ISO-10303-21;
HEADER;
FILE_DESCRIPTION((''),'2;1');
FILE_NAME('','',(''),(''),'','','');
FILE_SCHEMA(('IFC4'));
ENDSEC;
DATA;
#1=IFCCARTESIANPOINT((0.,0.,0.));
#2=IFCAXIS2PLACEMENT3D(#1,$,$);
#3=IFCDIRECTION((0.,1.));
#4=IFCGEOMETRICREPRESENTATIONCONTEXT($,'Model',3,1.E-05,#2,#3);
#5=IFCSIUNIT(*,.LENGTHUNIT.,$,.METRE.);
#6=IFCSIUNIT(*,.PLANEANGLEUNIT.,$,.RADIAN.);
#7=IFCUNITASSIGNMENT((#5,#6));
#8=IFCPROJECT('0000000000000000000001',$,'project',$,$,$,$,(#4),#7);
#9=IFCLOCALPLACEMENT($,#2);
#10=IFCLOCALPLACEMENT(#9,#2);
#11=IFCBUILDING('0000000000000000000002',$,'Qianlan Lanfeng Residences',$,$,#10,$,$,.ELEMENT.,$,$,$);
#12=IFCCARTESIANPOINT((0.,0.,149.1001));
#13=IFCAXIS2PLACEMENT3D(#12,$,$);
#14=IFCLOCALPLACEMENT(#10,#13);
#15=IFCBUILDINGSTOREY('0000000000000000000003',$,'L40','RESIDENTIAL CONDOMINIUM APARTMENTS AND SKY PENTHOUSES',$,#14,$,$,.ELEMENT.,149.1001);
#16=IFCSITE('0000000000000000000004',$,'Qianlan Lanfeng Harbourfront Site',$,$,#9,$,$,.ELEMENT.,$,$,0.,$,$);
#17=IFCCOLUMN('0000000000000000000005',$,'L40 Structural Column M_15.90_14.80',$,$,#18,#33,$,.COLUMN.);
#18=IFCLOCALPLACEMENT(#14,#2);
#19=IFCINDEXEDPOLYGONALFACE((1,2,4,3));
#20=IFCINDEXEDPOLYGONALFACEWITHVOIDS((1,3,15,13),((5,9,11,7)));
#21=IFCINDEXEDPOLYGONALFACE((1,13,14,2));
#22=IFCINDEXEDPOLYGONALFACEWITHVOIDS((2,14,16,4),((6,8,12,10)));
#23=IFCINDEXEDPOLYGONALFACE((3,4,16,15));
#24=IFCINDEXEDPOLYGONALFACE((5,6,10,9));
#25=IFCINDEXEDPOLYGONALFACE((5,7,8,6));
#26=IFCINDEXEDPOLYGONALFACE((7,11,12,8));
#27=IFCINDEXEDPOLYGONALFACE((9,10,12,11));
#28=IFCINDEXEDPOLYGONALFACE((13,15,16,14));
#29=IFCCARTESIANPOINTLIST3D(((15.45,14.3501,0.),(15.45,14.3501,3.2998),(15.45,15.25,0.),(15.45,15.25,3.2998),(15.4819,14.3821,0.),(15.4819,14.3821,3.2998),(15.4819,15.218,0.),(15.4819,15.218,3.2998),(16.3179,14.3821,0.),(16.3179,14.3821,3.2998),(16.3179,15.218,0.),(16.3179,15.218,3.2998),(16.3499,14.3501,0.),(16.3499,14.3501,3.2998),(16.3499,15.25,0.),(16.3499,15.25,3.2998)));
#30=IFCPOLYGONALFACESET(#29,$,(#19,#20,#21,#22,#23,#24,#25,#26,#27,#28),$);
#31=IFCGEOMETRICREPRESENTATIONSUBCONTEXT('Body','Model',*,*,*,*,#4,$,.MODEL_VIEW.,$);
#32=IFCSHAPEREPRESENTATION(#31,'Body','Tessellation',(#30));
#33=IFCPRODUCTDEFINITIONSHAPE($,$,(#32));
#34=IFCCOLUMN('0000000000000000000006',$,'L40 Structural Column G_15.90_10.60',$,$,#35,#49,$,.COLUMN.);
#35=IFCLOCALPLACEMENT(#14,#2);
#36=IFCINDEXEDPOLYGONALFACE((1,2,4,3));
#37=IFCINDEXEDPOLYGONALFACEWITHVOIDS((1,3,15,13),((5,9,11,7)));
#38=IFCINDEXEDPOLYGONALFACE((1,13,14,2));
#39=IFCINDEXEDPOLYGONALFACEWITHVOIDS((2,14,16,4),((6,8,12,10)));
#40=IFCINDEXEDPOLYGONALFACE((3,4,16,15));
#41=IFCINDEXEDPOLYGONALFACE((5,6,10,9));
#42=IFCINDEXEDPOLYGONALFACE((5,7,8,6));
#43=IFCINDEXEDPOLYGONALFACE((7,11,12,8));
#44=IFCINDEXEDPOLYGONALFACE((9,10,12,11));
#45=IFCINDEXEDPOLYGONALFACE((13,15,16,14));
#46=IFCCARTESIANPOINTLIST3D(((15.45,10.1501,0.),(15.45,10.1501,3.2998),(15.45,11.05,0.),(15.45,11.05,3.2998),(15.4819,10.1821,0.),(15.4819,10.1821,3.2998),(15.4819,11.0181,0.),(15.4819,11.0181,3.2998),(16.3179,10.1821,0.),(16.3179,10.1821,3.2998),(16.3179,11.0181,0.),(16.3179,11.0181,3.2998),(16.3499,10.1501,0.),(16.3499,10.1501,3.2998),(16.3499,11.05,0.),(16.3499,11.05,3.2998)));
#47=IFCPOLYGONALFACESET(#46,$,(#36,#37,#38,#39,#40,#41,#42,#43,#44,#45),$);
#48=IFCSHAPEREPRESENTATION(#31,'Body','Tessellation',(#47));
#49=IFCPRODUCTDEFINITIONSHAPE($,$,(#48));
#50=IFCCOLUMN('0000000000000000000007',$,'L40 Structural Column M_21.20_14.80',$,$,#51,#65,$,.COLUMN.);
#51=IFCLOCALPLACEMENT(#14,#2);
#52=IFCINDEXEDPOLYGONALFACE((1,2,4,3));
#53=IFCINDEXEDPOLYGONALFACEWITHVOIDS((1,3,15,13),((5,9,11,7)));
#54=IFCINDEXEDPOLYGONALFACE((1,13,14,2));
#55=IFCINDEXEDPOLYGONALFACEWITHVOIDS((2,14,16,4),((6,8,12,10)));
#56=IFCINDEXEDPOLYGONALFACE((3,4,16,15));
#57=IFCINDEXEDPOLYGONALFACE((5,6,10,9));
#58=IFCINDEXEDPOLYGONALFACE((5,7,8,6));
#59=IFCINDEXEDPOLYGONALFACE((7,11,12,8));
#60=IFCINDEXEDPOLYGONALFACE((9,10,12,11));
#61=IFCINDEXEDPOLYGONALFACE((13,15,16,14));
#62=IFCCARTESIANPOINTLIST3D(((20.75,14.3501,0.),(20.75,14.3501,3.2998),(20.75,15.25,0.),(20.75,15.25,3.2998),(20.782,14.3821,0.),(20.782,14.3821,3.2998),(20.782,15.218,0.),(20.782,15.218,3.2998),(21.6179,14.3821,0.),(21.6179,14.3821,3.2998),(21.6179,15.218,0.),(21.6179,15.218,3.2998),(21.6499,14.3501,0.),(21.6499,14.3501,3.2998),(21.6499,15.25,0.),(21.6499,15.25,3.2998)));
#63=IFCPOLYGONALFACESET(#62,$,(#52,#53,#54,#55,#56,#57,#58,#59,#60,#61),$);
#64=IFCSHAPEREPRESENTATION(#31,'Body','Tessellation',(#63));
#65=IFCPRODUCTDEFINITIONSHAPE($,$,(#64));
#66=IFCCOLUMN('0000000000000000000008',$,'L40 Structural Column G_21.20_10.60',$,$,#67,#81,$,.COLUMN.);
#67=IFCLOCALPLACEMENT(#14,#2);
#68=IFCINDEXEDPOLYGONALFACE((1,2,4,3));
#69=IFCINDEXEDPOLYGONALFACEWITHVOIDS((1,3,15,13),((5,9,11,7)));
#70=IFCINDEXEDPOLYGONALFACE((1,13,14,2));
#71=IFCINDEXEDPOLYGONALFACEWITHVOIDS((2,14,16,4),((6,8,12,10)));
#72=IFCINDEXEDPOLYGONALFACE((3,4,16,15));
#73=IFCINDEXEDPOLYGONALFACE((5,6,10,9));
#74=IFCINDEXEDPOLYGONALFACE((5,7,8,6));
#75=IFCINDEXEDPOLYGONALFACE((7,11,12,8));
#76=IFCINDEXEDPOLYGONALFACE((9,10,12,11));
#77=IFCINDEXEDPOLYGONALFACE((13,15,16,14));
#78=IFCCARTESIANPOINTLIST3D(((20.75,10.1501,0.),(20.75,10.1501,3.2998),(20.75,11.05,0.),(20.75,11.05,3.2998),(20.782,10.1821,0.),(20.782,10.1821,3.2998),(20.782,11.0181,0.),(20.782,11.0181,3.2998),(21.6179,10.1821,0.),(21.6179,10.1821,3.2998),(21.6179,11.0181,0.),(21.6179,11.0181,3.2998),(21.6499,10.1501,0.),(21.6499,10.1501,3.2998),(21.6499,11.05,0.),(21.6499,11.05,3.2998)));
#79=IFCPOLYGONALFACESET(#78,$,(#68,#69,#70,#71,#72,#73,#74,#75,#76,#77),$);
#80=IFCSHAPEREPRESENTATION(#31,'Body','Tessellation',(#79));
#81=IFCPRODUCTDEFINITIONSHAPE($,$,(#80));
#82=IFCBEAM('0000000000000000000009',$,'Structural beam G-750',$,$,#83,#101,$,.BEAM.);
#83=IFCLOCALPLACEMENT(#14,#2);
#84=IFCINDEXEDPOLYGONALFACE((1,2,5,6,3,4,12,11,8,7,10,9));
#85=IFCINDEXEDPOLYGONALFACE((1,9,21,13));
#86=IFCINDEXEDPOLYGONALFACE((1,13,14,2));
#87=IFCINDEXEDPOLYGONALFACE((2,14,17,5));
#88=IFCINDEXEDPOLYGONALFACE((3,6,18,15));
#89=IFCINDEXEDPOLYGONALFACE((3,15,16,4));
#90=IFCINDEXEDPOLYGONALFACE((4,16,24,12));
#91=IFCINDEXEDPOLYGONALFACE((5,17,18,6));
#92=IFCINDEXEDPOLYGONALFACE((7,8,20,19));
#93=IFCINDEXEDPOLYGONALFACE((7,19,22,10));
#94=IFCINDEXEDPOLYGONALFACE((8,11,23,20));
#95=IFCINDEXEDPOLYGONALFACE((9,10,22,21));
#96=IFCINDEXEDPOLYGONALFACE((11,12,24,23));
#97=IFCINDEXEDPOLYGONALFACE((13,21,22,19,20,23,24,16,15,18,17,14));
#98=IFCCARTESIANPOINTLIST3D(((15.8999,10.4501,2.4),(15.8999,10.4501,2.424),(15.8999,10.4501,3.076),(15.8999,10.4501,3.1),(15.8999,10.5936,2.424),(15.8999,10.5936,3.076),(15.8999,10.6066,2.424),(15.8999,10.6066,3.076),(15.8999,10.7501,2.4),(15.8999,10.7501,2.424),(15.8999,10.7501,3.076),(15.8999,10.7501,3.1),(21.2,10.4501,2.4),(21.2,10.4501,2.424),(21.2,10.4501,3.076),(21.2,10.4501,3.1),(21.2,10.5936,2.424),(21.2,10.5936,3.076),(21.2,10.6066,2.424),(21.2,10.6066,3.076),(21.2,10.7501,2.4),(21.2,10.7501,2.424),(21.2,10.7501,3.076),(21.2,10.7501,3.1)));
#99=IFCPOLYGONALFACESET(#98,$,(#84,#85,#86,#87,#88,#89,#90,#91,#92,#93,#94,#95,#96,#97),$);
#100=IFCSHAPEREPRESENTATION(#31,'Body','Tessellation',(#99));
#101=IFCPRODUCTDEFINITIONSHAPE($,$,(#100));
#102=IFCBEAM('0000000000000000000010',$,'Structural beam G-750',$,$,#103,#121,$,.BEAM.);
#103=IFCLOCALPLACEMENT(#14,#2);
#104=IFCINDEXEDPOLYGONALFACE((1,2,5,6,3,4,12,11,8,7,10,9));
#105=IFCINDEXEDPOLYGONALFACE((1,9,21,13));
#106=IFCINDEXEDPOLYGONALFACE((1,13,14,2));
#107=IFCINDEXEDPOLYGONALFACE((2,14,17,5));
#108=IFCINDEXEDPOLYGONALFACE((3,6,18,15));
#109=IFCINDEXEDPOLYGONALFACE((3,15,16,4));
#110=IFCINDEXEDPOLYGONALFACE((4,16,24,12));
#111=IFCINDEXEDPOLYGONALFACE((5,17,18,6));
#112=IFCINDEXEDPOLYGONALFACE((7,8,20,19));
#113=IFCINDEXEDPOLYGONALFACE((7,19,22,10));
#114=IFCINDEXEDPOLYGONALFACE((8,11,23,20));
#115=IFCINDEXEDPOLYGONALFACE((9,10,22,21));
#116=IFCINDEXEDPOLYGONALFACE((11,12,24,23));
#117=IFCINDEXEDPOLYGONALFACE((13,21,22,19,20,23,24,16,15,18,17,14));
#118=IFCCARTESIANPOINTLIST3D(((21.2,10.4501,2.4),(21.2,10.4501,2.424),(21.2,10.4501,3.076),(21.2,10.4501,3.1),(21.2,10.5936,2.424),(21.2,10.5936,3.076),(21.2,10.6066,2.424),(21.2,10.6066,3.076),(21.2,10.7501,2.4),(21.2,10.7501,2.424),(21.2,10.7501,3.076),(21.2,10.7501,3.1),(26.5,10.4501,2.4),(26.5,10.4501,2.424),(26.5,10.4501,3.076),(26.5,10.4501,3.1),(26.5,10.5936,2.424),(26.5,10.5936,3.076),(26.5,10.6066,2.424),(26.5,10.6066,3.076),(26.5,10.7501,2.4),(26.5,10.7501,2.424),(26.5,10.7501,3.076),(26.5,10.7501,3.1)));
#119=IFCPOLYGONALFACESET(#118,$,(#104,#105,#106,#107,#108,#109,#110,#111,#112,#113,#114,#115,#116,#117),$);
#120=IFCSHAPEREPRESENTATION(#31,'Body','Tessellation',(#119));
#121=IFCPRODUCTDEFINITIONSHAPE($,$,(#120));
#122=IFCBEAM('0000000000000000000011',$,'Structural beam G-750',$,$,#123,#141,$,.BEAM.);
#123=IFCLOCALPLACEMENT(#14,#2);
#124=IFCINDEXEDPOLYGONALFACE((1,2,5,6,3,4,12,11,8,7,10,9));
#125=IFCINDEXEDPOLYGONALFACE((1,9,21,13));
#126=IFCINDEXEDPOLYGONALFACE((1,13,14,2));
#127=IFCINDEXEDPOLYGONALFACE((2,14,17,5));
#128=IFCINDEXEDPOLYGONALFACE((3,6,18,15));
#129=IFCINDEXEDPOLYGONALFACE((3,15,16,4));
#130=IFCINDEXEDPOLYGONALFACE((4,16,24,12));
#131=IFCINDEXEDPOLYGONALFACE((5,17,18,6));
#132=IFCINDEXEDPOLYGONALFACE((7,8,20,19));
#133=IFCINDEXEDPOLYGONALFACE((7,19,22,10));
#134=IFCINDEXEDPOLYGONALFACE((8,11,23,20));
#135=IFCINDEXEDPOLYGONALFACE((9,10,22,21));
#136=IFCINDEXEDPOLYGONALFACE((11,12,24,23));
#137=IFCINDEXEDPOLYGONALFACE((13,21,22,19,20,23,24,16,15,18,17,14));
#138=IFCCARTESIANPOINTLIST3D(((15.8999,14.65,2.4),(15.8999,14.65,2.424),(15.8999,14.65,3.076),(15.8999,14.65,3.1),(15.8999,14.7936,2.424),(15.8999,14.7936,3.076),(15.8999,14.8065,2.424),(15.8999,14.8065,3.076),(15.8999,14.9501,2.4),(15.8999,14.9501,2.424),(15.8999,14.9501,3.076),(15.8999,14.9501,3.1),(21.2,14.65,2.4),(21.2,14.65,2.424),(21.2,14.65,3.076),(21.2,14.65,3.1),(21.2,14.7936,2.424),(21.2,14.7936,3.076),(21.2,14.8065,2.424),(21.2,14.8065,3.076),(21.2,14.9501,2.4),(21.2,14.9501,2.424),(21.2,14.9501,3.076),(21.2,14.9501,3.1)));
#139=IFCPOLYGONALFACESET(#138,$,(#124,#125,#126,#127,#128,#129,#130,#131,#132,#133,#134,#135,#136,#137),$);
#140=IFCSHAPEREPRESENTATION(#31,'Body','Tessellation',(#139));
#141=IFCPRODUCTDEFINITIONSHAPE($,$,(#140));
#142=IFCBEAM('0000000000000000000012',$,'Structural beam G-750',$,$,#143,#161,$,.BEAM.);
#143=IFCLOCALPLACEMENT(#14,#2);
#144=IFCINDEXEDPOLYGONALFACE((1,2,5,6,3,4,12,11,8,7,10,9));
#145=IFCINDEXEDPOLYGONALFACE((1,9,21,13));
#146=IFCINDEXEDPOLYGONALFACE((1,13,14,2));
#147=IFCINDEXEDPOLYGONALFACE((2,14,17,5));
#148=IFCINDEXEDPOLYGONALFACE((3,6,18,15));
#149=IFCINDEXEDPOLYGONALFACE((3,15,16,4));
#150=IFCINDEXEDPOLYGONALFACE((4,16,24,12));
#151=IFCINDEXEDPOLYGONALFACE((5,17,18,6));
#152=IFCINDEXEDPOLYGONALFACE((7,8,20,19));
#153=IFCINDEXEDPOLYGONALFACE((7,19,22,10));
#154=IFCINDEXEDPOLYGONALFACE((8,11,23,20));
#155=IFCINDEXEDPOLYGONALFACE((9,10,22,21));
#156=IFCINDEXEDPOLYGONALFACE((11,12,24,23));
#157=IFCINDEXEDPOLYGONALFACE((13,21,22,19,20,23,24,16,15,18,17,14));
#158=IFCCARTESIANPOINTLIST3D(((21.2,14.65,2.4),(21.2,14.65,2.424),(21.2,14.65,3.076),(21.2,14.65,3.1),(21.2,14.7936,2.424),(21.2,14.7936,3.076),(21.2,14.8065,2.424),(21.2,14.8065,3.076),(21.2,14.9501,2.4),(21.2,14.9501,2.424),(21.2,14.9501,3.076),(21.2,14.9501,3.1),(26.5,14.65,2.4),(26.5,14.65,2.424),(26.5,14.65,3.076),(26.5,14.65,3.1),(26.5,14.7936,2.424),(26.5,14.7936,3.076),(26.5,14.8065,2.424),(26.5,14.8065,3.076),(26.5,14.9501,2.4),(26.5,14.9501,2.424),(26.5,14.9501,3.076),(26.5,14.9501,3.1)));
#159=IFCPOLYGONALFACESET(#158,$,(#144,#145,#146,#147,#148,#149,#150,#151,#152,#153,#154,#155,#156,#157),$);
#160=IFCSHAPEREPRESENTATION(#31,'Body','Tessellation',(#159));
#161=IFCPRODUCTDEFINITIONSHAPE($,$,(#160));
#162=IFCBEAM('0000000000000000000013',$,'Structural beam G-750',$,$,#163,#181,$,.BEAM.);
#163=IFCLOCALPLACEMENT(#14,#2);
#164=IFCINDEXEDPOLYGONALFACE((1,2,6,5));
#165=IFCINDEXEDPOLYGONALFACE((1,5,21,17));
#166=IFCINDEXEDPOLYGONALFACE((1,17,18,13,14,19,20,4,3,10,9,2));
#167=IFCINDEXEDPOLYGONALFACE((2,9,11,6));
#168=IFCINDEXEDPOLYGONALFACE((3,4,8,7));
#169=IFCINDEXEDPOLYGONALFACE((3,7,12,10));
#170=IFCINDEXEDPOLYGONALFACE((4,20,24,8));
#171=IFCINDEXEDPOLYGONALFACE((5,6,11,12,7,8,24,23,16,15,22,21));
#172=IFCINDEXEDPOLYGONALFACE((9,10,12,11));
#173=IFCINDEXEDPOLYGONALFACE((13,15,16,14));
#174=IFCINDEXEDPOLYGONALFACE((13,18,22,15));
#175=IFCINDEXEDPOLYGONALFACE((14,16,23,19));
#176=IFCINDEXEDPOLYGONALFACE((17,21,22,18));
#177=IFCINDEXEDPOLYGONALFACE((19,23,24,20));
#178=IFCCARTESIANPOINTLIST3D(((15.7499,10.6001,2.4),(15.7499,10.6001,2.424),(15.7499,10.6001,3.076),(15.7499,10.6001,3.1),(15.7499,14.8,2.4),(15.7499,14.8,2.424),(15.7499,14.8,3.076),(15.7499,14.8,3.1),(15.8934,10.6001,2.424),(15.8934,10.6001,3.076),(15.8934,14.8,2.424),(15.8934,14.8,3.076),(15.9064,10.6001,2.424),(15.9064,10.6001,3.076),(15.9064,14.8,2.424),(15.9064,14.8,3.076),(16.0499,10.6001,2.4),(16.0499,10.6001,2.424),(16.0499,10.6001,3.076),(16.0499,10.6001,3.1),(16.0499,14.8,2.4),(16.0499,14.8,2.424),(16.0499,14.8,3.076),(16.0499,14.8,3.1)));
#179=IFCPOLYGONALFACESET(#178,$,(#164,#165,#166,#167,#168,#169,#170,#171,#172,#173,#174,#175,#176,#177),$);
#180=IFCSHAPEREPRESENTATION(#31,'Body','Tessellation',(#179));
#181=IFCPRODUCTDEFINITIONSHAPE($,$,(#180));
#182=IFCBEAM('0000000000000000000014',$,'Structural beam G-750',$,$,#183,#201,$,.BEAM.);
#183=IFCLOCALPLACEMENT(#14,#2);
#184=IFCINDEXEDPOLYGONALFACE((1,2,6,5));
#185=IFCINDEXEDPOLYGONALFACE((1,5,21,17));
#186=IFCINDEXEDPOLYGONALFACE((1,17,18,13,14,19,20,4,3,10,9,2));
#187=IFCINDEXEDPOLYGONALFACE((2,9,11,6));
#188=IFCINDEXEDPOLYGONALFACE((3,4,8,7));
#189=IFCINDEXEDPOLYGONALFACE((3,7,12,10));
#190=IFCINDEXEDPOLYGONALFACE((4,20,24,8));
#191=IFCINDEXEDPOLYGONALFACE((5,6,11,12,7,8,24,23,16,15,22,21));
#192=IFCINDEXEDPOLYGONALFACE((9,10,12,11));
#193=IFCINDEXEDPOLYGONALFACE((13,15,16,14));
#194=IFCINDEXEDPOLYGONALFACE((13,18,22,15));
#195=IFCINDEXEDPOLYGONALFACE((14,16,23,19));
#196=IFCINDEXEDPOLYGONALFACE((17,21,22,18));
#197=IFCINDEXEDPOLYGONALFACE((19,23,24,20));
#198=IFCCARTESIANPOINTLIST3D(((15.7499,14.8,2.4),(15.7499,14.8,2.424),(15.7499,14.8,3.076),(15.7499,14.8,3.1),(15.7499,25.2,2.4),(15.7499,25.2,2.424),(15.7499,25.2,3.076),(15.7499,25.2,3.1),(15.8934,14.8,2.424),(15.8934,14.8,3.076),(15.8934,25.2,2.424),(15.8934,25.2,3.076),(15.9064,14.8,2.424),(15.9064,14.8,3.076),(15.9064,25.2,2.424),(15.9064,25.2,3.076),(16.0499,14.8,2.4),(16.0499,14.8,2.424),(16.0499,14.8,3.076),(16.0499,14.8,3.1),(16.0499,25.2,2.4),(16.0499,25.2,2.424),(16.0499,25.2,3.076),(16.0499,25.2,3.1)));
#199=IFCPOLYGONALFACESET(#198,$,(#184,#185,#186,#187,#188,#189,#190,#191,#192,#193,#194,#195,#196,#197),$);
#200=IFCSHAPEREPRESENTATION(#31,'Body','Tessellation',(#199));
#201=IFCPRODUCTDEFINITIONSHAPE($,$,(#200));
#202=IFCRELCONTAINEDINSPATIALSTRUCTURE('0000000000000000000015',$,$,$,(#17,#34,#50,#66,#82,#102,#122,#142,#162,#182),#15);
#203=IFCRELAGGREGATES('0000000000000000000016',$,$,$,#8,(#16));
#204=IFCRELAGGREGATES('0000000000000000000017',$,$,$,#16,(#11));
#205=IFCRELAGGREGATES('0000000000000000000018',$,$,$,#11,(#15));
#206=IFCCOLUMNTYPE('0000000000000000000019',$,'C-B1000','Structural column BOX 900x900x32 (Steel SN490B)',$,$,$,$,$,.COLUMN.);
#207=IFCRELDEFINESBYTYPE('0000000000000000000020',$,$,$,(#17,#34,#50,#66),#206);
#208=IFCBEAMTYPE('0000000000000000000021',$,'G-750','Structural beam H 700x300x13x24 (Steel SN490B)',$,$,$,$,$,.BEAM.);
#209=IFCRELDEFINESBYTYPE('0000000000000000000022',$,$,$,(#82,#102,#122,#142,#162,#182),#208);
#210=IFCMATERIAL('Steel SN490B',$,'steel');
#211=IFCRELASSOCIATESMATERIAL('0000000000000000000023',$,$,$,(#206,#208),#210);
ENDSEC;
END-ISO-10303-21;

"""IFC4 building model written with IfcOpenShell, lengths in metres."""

from ifc_helpers import new_model, si_unit, direction, frame, origin, origin_2d, place, context, subcontext, project, spatial, hollow_rectangle, i_section, extrude, material, material_profile, profile_set, type_object, element, save


model = new_model("IFC4")

# Units and contexts
model_context = context("Model", 3, precision=1e-05, world=origin(), true_north=direction((0.0, 1.0)))
body_context = subcontext(model_context, "Body", "Model", "MODEL_VIEW")
ifc_project = project(units=[si_unit("LENGTHUNIT", "METRE"), si_unit("PLANEANGLEUNIT", "RADIAN")], contexts=[model_context])

# Site, building, storey
site_placement = place(None, origin())
site = spatial("IfcSite", under=ifc_project, at=site_placement, Name="Qianlan Lanfeng Harbourfront Site", CompositionType="ELEMENT", RefElevation=0.0)
building_placement = place(site_placement, origin())
building = spatial("IfcBuilding", under=site, at=building_placement, Name="Qianlan Lanfeng Residences", CompositionType="ELEMENT")
storey_placement = place(building_placement, frame((0.0, 0.0, 149.1001)))
storey = spatial("IfcBuildingStorey", under=building, at=storey_placement, Name="L40", Description="RESIDENTIAL CONDOMINIUM APARTMENTS AND SKY PENTHOUSES", CompositionType="ELEMENT", Elevation=149.1001)

# Columns
ifc_material_1 = material(Name="Steel SN490B", Category="steel")
ifc_material_profile_1 = material_profile(ifc_material_1, hollow_rectangle(XDim=0.8999, YDim=0.8999, WallThickness=0.032, at=origin_2d()), Name="BOX 900x900x32")
ifc_profile_set_1 = profile_set([ifc_material_profile_1], Name="Steel SN490B")
column_type = type_object("IfcColumnType", Name="C-B1000", Description="Structural column BOX 900x900x32 (Steel SN490B)", PredefinedType="COLUMN", material=ifc_profile_set_1)
for number, where, z_axis, x_axis, name in (
    (1, (15.8999, 14.8, 0.0), (0.0, 0.0, 1.0), (1.0, 0.0, 0.0), "L40 Structural Column M_15.90_14.80"),
    (2, (15.8999, 10.6001, 0.0), (0.0, 0.0, 1.0), (1.0, 0.0, 0.0), "L40 Structural Column G_15.90_10.60"),
    (3, (21.2, 14.8, 0.0), (0.0, 0.0, 1.0), (1.0, 0.0, 0.0), "L40 Structural Column M_21.20_14.80"),
    (4, (21.2, 10.6001, 0.0), (0.0, 0.0, 1.0), (1.0, 0.0, 0.0), "L40 Structural Column G_21.20_10.60"),
):
    element("IfcColumn", number, at=place(storey_placement, frame(where, z_axis=z_axis, x_axis=x_axis)), inside=storey, type_object=column_type, Name=name, PredefinedType="COLUMN", context=body_context, shape_type="SweptSolid", body=[
        extrude(hollow_rectangle(XDim=0.8999, YDim=0.8999, WallThickness=0.032, at=origin_2d()), origin(), (0.0, 0.0, 1.0), 3.2998),
    ])

# Beams
ifc_material_profile_2 = material_profile(ifc_material_1, i_section(OverallWidth=0.3, OverallDepth=0.7, WebThickness=0.0129, FlangeThickness=0.0239, at=origin_2d()), Name="H 700x300x13x24")
ifc_profile_set_2 = profile_set([ifc_material_profile_2], Name="Steel SN490B")
beam_type_1 = type_object("IfcBeamType", Name="G-750", Description="Structural beam H 700x300x13x24 (Steel SN490B)", PredefinedType="BEAM", material=ifc_profile_set_2)
for number, where, z_axis, x_axis, name in (
    (5, (15.8999, 10.6001, 2.75), (1.0, 0.0, 0.0), (0.0, 1.0, 0.0), "Structural beam G-750"),
    (6, (21.2, 10.6001, 2.75), (1.0, 0.0, 0.0), (0.0, 1.0, 0.0), "Structural beam G-750"),
    (7, (15.8999, 14.8, 2.75), (1.0, 0.0, 0.0), (0.0, 1.0, 0.0), "Structural beam G-750"),
    (8, (21.2, 14.8, 2.75), (1.0, 0.0, 0.0), (0.0, 1.0, 0.0), "Structural beam G-750"),
):
    element("IfcBeam", number, at=place(storey_placement, frame(where, z_axis=z_axis, x_axis=x_axis)), inside=storey, type_object=beam_type_1, Name=name, PredefinedType="BEAM", context=body_context, shape_type="SweptSolid", body=[
        extrude(i_section(OverallWidth=0.3, OverallDepth=0.7, WebThickness=0.0129, FlangeThickness=0.0239, at=origin_2d()), origin(), (0.0, 0.0, 1.0), 5.3),
    ])
beam_1_placement = place(storey_placement, frame((15.8999, 10.6001, 2.75), z_axis=(0.0, 1.0, 0.0), x_axis=(-1.0, 0.0, 0.0)))
element("IfcBeam", 9, at=beam_1_placement, inside=storey, type_object=beam_type_1, Name="Structural beam G-750", PredefinedType="BEAM", context=body_context, shape_type="SweptSolid", body=[
    extrude(i_section(OverallWidth=0.3, OverallDepth=0.7, WebThickness=0.0129, FlangeThickness=0.0239, at=origin_2d()), origin(), (0.0, 0.0, 1.0), 4.2),
])
beam_2_placement = place(storey_placement, frame((15.8999, 14.8, 2.75), z_axis=(0.0, 1.0, 0.0), x_axis=(-1.0, 0.0, 0.0)))
element("IfcBeam", 10, at=beam_2_placement, inside=storey, type_object=beam_type_1, Name="Structural beam G-750", PredefinedType="BEAM", context=body_context, shape_type="SweptSolid", body=[
    extrude(i_section(OverallWidth=0.3, OverallDepth=0.7, WebThickness=0.0129, FlangeThickness=0.0239, at=origin_2d()), origin(), (0.0, 0.0, 1.0), 10.3999),
])

save(model, "model.ifc")
